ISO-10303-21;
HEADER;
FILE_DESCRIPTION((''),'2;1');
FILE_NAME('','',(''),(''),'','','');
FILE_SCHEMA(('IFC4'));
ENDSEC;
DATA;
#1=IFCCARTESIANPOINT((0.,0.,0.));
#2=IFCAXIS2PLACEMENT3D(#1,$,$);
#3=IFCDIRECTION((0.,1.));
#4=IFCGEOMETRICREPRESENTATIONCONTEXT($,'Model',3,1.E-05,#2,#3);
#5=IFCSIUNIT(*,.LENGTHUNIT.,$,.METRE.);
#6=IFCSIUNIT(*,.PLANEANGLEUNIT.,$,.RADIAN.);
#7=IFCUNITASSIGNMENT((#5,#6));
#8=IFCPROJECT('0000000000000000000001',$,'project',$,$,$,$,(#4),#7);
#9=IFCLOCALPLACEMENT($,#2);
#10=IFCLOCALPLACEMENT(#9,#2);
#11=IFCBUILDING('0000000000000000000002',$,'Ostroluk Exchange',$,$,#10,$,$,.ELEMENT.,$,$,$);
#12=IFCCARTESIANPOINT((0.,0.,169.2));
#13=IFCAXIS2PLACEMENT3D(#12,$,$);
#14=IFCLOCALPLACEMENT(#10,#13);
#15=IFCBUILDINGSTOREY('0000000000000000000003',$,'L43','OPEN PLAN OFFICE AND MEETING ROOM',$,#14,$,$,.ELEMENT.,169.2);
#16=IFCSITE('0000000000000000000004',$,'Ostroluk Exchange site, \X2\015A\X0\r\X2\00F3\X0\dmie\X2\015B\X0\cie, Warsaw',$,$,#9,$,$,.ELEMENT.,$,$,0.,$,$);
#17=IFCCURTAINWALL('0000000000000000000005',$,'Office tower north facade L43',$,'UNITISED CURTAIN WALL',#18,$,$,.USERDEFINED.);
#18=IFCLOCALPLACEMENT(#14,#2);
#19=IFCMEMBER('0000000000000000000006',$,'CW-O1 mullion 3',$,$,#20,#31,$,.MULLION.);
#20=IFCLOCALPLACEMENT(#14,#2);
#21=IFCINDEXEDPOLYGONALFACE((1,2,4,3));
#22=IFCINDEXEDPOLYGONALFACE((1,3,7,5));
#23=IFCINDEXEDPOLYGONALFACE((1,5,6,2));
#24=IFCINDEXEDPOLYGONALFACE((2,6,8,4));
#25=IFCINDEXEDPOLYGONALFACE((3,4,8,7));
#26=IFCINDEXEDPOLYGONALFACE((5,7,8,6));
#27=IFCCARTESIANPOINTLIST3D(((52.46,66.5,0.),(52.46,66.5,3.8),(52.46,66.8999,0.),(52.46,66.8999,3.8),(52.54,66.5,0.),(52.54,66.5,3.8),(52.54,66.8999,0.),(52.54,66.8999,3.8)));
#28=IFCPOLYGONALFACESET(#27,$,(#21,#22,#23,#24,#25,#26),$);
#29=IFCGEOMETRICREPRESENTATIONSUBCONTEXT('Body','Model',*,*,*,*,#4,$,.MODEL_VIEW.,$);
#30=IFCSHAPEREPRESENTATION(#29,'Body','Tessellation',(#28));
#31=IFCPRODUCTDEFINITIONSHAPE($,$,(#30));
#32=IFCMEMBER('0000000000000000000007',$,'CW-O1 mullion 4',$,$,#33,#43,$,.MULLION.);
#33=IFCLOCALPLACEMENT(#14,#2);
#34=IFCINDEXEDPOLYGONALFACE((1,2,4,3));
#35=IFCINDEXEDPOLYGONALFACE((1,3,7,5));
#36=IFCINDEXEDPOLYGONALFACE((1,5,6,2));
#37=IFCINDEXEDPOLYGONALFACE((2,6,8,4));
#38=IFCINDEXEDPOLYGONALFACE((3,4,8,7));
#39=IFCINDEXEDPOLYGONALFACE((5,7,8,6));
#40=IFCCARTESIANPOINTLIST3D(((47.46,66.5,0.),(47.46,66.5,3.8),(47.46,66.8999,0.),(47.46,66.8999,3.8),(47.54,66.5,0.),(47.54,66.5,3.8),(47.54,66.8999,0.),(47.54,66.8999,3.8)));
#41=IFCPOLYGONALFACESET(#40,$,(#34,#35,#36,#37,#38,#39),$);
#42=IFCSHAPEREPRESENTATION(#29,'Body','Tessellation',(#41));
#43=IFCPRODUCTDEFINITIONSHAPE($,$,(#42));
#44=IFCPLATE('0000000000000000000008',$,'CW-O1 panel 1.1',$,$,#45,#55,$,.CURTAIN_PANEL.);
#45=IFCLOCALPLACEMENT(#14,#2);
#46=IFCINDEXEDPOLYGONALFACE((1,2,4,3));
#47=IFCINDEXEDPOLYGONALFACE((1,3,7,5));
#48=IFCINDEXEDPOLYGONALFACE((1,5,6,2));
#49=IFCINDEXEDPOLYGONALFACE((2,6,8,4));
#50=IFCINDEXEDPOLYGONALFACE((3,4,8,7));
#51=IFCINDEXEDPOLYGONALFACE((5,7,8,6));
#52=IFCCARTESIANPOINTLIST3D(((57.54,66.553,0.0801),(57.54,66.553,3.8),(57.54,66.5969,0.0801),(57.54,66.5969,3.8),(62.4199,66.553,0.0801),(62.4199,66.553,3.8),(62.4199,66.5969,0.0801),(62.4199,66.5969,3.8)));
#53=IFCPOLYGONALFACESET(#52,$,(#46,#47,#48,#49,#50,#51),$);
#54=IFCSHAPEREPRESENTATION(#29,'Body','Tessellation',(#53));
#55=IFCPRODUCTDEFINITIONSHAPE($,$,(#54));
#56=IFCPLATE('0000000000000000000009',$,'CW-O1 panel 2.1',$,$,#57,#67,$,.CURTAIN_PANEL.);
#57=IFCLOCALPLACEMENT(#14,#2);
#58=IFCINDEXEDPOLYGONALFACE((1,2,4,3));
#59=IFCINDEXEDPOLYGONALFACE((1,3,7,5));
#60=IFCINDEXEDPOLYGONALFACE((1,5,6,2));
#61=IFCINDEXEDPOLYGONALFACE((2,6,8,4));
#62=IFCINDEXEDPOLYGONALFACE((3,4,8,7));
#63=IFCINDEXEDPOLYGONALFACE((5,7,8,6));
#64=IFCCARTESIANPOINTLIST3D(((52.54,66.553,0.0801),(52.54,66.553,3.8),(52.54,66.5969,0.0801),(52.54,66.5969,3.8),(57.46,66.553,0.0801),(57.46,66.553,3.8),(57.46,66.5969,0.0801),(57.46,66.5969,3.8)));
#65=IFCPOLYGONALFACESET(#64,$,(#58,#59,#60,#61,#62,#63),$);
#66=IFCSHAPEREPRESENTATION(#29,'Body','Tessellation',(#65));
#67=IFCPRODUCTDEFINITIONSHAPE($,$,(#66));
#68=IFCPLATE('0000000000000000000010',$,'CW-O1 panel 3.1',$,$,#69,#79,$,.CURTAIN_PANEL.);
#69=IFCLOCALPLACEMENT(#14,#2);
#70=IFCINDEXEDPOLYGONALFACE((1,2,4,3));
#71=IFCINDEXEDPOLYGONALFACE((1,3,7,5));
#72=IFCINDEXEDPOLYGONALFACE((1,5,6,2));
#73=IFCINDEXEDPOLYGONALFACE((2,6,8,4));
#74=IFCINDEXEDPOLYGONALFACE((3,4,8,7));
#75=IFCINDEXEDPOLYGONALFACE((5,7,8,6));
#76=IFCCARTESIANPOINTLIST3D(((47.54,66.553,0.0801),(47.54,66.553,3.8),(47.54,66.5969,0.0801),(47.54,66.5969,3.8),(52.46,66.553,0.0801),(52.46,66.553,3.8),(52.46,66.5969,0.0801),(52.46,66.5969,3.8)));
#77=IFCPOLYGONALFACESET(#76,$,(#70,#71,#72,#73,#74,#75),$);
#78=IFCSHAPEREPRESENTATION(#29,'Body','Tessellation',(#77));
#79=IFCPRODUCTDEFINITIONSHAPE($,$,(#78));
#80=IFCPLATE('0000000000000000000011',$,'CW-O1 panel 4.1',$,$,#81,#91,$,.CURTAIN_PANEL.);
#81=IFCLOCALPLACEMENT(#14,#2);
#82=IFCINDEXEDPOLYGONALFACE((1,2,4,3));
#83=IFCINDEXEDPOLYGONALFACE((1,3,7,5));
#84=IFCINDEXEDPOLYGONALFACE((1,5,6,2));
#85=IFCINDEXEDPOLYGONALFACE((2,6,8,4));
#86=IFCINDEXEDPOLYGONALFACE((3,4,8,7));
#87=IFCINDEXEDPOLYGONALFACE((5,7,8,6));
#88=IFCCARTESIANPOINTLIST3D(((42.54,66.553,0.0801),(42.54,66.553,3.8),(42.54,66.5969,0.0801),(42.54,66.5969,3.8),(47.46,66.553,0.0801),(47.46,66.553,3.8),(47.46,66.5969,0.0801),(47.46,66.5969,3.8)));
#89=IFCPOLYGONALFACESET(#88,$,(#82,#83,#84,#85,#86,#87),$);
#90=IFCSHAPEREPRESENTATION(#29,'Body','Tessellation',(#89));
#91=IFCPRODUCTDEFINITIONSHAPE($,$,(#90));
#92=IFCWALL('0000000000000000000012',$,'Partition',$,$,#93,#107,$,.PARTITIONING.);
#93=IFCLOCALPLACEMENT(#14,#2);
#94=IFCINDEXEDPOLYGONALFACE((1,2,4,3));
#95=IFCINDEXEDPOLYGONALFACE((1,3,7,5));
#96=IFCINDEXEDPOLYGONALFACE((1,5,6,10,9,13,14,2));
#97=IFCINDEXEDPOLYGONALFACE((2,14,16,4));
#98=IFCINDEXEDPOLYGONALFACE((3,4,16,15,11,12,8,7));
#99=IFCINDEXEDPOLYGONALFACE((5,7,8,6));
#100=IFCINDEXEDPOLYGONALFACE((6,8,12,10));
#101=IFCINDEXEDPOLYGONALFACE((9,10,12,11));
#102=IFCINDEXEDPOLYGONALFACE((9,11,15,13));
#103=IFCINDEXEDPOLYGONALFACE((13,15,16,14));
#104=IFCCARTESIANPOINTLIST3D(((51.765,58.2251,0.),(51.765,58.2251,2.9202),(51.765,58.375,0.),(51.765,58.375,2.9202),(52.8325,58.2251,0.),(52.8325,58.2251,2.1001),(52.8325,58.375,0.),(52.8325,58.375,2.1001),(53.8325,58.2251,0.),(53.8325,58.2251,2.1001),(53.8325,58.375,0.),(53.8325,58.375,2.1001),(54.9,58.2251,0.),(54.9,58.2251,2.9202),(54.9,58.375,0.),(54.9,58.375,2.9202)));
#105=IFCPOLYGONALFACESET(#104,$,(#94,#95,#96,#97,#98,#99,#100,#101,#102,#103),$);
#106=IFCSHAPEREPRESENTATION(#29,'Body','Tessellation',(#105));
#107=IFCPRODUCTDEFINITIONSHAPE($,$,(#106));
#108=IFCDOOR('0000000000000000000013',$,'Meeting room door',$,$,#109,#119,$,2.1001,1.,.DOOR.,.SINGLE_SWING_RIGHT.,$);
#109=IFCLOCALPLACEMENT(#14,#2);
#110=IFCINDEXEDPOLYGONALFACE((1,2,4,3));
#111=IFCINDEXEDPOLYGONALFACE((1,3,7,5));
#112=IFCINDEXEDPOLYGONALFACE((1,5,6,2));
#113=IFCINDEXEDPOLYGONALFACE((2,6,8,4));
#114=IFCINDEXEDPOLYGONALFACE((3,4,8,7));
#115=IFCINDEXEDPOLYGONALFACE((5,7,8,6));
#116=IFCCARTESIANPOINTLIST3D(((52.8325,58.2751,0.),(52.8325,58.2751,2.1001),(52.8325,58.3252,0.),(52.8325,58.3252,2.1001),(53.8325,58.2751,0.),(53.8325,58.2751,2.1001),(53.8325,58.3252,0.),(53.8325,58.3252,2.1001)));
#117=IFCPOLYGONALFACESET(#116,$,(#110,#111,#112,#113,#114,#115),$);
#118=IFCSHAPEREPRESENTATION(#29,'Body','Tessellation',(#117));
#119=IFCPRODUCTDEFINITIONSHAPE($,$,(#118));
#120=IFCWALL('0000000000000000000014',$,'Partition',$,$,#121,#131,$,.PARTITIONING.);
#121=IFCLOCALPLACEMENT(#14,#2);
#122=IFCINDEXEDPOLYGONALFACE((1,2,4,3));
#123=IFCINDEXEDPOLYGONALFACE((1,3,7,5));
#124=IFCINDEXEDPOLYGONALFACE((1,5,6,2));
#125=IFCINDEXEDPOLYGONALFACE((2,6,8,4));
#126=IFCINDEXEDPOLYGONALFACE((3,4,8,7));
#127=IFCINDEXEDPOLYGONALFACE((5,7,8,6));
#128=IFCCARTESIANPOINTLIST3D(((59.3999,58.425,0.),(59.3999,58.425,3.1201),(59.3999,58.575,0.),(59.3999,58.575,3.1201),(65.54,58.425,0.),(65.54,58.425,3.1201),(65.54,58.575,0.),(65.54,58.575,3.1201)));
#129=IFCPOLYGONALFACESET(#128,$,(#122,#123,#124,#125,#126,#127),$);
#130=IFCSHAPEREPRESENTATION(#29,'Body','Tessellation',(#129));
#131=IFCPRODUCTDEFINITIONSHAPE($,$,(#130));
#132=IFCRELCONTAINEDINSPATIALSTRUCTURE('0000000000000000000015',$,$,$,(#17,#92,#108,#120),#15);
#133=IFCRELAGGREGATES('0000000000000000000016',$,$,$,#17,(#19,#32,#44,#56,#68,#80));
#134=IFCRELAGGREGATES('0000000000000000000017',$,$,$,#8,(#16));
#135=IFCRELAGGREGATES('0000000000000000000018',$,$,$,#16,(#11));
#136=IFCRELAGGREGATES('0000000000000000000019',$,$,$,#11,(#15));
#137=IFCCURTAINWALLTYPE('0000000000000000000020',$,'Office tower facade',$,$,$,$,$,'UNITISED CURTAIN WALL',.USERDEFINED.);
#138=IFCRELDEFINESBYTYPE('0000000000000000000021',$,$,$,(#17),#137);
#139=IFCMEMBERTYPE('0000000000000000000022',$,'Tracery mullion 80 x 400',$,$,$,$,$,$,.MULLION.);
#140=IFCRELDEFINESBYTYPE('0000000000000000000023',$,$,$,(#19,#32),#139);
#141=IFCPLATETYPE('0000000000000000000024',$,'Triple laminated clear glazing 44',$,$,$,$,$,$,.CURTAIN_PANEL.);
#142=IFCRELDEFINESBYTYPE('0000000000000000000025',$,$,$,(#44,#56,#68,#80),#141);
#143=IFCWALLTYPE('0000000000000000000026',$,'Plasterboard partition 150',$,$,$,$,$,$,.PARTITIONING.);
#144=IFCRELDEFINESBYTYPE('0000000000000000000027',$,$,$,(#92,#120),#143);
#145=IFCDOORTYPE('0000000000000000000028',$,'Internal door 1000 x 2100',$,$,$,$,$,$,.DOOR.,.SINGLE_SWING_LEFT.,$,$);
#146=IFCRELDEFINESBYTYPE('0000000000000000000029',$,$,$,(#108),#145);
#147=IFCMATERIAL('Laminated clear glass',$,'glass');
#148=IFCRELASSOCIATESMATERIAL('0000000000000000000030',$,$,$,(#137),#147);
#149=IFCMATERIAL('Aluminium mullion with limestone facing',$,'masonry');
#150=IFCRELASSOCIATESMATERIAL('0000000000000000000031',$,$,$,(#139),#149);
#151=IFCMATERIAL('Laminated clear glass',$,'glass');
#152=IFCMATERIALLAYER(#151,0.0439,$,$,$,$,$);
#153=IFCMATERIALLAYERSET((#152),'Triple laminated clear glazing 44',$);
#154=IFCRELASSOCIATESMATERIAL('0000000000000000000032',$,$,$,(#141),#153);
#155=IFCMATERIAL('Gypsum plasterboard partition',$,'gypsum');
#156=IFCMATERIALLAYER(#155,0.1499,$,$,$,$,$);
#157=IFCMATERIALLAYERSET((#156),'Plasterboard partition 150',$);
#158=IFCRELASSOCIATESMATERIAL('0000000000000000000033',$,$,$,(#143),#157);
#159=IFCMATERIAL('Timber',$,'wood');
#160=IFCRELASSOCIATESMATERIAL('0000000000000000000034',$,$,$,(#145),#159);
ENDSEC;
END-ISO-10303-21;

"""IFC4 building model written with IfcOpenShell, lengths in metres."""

from ifc_helpers import new_model, si_unit, direction, frame, frame_2d, origin, origin_2d, place, context, subcontext, project, spatial, rectangle, extrude, material, layer, layer_set, material_profile, profile_set, type_object, element, fill, aggregate, save


model = new_model("IFC4")

# Units and contexts
model_context = context("Model", 3, precision=1e-05, world=origin(), true_north=direction((0.0, 1.0)))
body_context = subcontext(model_context, "Body", "Model", "MODEL_VIEW")
ifc_project = project(units=[si_unit("LENGTHUNIT", "METRE"), si_unit("PLANEANGLEUNIT", "RADIAN")], contexts=[model_context])

# Site, building, storey
site_placement = place(None, origin())
site = spatial("IfcSite", under=ifc_project, at=site_placement, Name="Ostroluk Exchange site, Śródmieście, Warsaw", CompositionType="ELEMENT", RefElevation=0.0)
building_placement = place(site_placement, origin())
building = spatial("IfcBuilding", under=site, at=building_placement, Name="Ostroluk Exchange", CompositionType="ELEMENT")
storey_placement = place(building_placement, frame((0.0, 0.0, 169.2)))
storey = spatial("IfcBuildingStorey", under=building, at=storey_placement, Name="L43", Description="OPEN PLAN OFFICE AND MEETING ROOM", CompositionType="ELEMENT", Elevation=169.2)

# Curtain wall, members, plates
ifc_material_1 = material(Name="Laminated clear glass", Category="glass")
curtain_wall_type = type_object("IfcCurtainWallType", Name="Office tower facade", ElementType="UNITISED CURTAIN WALL", PredefinedType="USERDEFINED", material=ifc_material_1)
curtain_wall_placement = place(storey_placement, origin())
curtain_wall = element("IfcCurtainWall", 1, at=curtain_wall_placement, inside=storey, type_object=curtain_wall_type, Name="Office tower north facade L43", ObjectType="UNITISED CURTAIN WALL", PredefinedType="USERDEFINED")
ifc_material_2 = material(Name="Aluminium mullion with limestone facing", Category="masonry")
ifc_material_profile_1 = material_profile(ifc_material_2, rectangle(XDim=0.3999, YDim=0.0801, at=origin_2d()), Name="Tracery mullion 80 x 400")
ifc_profile_set_1 = profile_set([ifc_material_profile_1], Name="Aluminium mullion with limestone facing")
member_type_1 = type_object("IfcMemberType", Name="Tracery mullion 80 x 400", PredefinedType="MULLION", material=ifc_profile_set_1)
member_1_placement = place(storey_placement, frame((52.5, 66.7, 0.0), z_axis=(0.0, 0.0, 1.0), x_axis=(0.0, -1.0, 0.0)))
member_1 = element("IfcMember", 2, at=member_1_placement, type_object=member_type_1, Name="CW-O1 mullion 3", PredefinedType="MULLION", context=body_context, shape_type="SweptSolid", body=[
    extrude(rectangle(XDim=0.3999, YDim=0.0801, at=origin_2d()), origin(), (0.0, 0.0, 1.0), 3.8),
])
member_2_placement = place(storey_placement, frame((47.5, 66.7, 0.0), z_axis=(0.0, 0.0, 1.0), x_axis=(0.0, -1.0, 0.0)))
member_2 = element("IfcMember", 3, at=member_2_placement, type_object=member_type_1, Name="CW-O1 mullion 4", PredefinedType="MULLION", context=body_context, shape_type="SweptSolid", body=[
    extrude(rectangle(XDim=0.3999, YDim=0.0801, at=origin_2d()), origin(), (0.0, 0.0, 1.0), 3.8),
])
ifc_material_3 = material(Name="Laminated clear glass", Category="glass")
ifc_layer_1 = layer(ifc_material_3, 0.0439)
ifc_layer_set_1 = layer_set([ifc_layer_1], Name="Triple laminated clear glazing 44")
plate_type = type_object("IfcPlateType", Name="Triple laminated clear glazing 44", PredefinedType="CURTAIN_PANEL", material=ifc_layer_set_1)
plate_1_placement = place(storey_placement, frame((59.98, 66.575, 0.0801), z_axis=(0.0, 0.0, 1.0), x_axis=(-1.0, 0.0, 0.0)))
plate_1 = element("IfcPlate", 4, at=plate_1_placement, type_object=plate_type, Name="CW-O1 panel 1.1", PredefinedType="CURTAIN_PANEL", context=body_context, shape_type="SweptSolid", body=[
    extrude(rectangle(XDim=4.8799, YDim=0.0439, at=origin_2d()), origin(), (0.0, 0.0, 1.0), 3.72),
])
plate_2_placement = place(storey_placement, frame((55.0, 66.575, 0.0801), z_axis=(0.0, 0.0, 1.0), x_axis=(-1.0, 0.0, 0.0)))
plate_2 = element("IfcPlate", 5, at=plate_2_placement, type_object=plate_type, Name="CW-O1 panel 2.1", PredefinedType="CURTAIN_PANEL", context=body_context, shape_type="SweptSolid", body=[
    extrude(rectangle(XDim=4.9199, YDim=0.0439, at=origin_2d()), origin(), (0.0, 0.0, 1.0), 3.72),
])
plate_3_placement = place(storey_placement, frame((50.0, 66.575, 0.0801), z_axis=(0.0, 0.0, 1.0), x_axis=(-1.0, 0.0, 0.0)))
plate_3 = element("IfcPlate", 6, at=plate_3_placement, type_object=plate_type, Name="CW-O1 panel 3.1", PredefinedType="CURTAIN_PANEL", context=body_context, shape_type="SweptSolid", body=[
    extrude(rectangle(XDim=4.9199, YDim=0.0439, at=origin_2d()), origin(), (0.0, 0.0, 1.0), 3.72),
])
plate_4_placement = place(storey_placement, frame((45.0, 66.575, 0.0801), z_axis=(0.0, 0.0, 1.0), x_axis=(-1.0, 0.0, 0.0)))
plate_4 = element("IfcPlate", 7, at=plate_4_placement, type_object=plate_type, Name="CW-O1 panel 4.1", PredefinedType="CURTAIN_PANEL", context=body_context, shape_type="SweptSolid", body=[
    extrude(rectangle(XDim=4.9199, YDim=0.0439, at=origin_2d()), origin(), (0.0, 0.0, 1.0), 3.72),
])
aggregate(curtain_wall, [member_1, member_2, plate_1, plate_2, plate_3, plate_4])

# Wall, opening, door
ifc_material_4 = material(Name="Gypsum plasterboard partition", Category="gypsum")
ifc_layer_2 = layer(ifc_material_4, 0.1499)
ifc_layer_set_2 = layer_set([ifc_layer_2], Name="Plasterboard partition 150")
wall_type = type_object("IfcWallType", Name="Plasterboard partition 150", PredefinedType="PARTITIONING", material=ifc_layer_set_2)
wall_1_placement = place(storey_placement, frame((54.8999, 58.3, 0.0), z_axis=(0.0, 0.0, 1.0), x_axis=(-1.0, 0.0, 0.0)))
wall_1 = element("IfcWall", 8, at=wall_1_placement, inside=storey, type_object=wall_type, Name="Partition", PredefinedType="PARTITIONING", context=body_context, shape_type="SweptSolid", body=[
    extrude(rectangle(XDim=3.135, YDim=0.1499, at=frame_2d((1.5674, 0.0))), origin(), (0.0, 0.0, 1.0), 2.9202),
])
opening_1_placement = place(wall_1_placement, frame((1.0674, 0.0, 0.0)))
opening_1 = element("IfcOpeningElement", 9, at=opening_1_placement, cuts=wall_1, PredefinedType="OPENING", context=body_context, shape_type="SweptSolid", body=[
    extrude(rectangle(XDim=1.0, YDim=2.1001, at=frame_2d((0.5, 1.05))), frame((0.0, 0.085, 0.0), z_axis=(0.0, -1.0, 0.0), x_axis=(1.0, 0.0, 0.0)), (0.0, 0.0, 1.0), 0.1699),
])
ifc_material_5 = material(Name="Timber", Category="wood")
door_type = type_object("IfcDoorType", Name="Internal door 1000 x 2100", OperationType="SINGLE_SWING_LEFT", PredefinedType="DOOR", material=ifc_material_5)
door_1_placement = place(opening_1_placement, origin())
door_1 = element("IfcDoor", 10, at=door_1_placement, inside=storey, type_object=door_type, Name="Meeting room door", OperationType="SINGLE_SWING_RIGHT", OverallHeight=2.1001, OverallWidth=1.0, PredefinedType="DOOR", context=body_context, shape_type="SweptSolid", body=[
    extrude(rectangle(XDim=1.0, YDim=2.1001, at=frame_2d((0.5, 1.05))), frame((0.0, 0.0249, 0.0), z_axis=(0.0, -1.0, 0.0), x_axis=(1.0, 0.0, 0.0)), (0.0, 0.0, 1.0), 0.05),
])
fill(opening_1, door_1)

# Wall
wall_2_placement = place(storey_placement, frame((59.3999, 58.5, 0.0), z_axis=(0.0, 0.0, 1.0), x_axis=(1.0, 0.0, 0.0)))
element("IfcWall", 11, at=wall_2_placement, inside=storey, type_object=wall_type, Name="Partition", PredefinedType="PARTITIONING", context=body_context, shape_type="SweptSolid", body=[
    extrude(rectangle(XDim=6.1401, YDim=0.1499, at=frame_2d((3.0701, 0.0))), origin(), (0.0, 0.0, 1.0), 3.1201),
])

save(model, "model.ifc")
